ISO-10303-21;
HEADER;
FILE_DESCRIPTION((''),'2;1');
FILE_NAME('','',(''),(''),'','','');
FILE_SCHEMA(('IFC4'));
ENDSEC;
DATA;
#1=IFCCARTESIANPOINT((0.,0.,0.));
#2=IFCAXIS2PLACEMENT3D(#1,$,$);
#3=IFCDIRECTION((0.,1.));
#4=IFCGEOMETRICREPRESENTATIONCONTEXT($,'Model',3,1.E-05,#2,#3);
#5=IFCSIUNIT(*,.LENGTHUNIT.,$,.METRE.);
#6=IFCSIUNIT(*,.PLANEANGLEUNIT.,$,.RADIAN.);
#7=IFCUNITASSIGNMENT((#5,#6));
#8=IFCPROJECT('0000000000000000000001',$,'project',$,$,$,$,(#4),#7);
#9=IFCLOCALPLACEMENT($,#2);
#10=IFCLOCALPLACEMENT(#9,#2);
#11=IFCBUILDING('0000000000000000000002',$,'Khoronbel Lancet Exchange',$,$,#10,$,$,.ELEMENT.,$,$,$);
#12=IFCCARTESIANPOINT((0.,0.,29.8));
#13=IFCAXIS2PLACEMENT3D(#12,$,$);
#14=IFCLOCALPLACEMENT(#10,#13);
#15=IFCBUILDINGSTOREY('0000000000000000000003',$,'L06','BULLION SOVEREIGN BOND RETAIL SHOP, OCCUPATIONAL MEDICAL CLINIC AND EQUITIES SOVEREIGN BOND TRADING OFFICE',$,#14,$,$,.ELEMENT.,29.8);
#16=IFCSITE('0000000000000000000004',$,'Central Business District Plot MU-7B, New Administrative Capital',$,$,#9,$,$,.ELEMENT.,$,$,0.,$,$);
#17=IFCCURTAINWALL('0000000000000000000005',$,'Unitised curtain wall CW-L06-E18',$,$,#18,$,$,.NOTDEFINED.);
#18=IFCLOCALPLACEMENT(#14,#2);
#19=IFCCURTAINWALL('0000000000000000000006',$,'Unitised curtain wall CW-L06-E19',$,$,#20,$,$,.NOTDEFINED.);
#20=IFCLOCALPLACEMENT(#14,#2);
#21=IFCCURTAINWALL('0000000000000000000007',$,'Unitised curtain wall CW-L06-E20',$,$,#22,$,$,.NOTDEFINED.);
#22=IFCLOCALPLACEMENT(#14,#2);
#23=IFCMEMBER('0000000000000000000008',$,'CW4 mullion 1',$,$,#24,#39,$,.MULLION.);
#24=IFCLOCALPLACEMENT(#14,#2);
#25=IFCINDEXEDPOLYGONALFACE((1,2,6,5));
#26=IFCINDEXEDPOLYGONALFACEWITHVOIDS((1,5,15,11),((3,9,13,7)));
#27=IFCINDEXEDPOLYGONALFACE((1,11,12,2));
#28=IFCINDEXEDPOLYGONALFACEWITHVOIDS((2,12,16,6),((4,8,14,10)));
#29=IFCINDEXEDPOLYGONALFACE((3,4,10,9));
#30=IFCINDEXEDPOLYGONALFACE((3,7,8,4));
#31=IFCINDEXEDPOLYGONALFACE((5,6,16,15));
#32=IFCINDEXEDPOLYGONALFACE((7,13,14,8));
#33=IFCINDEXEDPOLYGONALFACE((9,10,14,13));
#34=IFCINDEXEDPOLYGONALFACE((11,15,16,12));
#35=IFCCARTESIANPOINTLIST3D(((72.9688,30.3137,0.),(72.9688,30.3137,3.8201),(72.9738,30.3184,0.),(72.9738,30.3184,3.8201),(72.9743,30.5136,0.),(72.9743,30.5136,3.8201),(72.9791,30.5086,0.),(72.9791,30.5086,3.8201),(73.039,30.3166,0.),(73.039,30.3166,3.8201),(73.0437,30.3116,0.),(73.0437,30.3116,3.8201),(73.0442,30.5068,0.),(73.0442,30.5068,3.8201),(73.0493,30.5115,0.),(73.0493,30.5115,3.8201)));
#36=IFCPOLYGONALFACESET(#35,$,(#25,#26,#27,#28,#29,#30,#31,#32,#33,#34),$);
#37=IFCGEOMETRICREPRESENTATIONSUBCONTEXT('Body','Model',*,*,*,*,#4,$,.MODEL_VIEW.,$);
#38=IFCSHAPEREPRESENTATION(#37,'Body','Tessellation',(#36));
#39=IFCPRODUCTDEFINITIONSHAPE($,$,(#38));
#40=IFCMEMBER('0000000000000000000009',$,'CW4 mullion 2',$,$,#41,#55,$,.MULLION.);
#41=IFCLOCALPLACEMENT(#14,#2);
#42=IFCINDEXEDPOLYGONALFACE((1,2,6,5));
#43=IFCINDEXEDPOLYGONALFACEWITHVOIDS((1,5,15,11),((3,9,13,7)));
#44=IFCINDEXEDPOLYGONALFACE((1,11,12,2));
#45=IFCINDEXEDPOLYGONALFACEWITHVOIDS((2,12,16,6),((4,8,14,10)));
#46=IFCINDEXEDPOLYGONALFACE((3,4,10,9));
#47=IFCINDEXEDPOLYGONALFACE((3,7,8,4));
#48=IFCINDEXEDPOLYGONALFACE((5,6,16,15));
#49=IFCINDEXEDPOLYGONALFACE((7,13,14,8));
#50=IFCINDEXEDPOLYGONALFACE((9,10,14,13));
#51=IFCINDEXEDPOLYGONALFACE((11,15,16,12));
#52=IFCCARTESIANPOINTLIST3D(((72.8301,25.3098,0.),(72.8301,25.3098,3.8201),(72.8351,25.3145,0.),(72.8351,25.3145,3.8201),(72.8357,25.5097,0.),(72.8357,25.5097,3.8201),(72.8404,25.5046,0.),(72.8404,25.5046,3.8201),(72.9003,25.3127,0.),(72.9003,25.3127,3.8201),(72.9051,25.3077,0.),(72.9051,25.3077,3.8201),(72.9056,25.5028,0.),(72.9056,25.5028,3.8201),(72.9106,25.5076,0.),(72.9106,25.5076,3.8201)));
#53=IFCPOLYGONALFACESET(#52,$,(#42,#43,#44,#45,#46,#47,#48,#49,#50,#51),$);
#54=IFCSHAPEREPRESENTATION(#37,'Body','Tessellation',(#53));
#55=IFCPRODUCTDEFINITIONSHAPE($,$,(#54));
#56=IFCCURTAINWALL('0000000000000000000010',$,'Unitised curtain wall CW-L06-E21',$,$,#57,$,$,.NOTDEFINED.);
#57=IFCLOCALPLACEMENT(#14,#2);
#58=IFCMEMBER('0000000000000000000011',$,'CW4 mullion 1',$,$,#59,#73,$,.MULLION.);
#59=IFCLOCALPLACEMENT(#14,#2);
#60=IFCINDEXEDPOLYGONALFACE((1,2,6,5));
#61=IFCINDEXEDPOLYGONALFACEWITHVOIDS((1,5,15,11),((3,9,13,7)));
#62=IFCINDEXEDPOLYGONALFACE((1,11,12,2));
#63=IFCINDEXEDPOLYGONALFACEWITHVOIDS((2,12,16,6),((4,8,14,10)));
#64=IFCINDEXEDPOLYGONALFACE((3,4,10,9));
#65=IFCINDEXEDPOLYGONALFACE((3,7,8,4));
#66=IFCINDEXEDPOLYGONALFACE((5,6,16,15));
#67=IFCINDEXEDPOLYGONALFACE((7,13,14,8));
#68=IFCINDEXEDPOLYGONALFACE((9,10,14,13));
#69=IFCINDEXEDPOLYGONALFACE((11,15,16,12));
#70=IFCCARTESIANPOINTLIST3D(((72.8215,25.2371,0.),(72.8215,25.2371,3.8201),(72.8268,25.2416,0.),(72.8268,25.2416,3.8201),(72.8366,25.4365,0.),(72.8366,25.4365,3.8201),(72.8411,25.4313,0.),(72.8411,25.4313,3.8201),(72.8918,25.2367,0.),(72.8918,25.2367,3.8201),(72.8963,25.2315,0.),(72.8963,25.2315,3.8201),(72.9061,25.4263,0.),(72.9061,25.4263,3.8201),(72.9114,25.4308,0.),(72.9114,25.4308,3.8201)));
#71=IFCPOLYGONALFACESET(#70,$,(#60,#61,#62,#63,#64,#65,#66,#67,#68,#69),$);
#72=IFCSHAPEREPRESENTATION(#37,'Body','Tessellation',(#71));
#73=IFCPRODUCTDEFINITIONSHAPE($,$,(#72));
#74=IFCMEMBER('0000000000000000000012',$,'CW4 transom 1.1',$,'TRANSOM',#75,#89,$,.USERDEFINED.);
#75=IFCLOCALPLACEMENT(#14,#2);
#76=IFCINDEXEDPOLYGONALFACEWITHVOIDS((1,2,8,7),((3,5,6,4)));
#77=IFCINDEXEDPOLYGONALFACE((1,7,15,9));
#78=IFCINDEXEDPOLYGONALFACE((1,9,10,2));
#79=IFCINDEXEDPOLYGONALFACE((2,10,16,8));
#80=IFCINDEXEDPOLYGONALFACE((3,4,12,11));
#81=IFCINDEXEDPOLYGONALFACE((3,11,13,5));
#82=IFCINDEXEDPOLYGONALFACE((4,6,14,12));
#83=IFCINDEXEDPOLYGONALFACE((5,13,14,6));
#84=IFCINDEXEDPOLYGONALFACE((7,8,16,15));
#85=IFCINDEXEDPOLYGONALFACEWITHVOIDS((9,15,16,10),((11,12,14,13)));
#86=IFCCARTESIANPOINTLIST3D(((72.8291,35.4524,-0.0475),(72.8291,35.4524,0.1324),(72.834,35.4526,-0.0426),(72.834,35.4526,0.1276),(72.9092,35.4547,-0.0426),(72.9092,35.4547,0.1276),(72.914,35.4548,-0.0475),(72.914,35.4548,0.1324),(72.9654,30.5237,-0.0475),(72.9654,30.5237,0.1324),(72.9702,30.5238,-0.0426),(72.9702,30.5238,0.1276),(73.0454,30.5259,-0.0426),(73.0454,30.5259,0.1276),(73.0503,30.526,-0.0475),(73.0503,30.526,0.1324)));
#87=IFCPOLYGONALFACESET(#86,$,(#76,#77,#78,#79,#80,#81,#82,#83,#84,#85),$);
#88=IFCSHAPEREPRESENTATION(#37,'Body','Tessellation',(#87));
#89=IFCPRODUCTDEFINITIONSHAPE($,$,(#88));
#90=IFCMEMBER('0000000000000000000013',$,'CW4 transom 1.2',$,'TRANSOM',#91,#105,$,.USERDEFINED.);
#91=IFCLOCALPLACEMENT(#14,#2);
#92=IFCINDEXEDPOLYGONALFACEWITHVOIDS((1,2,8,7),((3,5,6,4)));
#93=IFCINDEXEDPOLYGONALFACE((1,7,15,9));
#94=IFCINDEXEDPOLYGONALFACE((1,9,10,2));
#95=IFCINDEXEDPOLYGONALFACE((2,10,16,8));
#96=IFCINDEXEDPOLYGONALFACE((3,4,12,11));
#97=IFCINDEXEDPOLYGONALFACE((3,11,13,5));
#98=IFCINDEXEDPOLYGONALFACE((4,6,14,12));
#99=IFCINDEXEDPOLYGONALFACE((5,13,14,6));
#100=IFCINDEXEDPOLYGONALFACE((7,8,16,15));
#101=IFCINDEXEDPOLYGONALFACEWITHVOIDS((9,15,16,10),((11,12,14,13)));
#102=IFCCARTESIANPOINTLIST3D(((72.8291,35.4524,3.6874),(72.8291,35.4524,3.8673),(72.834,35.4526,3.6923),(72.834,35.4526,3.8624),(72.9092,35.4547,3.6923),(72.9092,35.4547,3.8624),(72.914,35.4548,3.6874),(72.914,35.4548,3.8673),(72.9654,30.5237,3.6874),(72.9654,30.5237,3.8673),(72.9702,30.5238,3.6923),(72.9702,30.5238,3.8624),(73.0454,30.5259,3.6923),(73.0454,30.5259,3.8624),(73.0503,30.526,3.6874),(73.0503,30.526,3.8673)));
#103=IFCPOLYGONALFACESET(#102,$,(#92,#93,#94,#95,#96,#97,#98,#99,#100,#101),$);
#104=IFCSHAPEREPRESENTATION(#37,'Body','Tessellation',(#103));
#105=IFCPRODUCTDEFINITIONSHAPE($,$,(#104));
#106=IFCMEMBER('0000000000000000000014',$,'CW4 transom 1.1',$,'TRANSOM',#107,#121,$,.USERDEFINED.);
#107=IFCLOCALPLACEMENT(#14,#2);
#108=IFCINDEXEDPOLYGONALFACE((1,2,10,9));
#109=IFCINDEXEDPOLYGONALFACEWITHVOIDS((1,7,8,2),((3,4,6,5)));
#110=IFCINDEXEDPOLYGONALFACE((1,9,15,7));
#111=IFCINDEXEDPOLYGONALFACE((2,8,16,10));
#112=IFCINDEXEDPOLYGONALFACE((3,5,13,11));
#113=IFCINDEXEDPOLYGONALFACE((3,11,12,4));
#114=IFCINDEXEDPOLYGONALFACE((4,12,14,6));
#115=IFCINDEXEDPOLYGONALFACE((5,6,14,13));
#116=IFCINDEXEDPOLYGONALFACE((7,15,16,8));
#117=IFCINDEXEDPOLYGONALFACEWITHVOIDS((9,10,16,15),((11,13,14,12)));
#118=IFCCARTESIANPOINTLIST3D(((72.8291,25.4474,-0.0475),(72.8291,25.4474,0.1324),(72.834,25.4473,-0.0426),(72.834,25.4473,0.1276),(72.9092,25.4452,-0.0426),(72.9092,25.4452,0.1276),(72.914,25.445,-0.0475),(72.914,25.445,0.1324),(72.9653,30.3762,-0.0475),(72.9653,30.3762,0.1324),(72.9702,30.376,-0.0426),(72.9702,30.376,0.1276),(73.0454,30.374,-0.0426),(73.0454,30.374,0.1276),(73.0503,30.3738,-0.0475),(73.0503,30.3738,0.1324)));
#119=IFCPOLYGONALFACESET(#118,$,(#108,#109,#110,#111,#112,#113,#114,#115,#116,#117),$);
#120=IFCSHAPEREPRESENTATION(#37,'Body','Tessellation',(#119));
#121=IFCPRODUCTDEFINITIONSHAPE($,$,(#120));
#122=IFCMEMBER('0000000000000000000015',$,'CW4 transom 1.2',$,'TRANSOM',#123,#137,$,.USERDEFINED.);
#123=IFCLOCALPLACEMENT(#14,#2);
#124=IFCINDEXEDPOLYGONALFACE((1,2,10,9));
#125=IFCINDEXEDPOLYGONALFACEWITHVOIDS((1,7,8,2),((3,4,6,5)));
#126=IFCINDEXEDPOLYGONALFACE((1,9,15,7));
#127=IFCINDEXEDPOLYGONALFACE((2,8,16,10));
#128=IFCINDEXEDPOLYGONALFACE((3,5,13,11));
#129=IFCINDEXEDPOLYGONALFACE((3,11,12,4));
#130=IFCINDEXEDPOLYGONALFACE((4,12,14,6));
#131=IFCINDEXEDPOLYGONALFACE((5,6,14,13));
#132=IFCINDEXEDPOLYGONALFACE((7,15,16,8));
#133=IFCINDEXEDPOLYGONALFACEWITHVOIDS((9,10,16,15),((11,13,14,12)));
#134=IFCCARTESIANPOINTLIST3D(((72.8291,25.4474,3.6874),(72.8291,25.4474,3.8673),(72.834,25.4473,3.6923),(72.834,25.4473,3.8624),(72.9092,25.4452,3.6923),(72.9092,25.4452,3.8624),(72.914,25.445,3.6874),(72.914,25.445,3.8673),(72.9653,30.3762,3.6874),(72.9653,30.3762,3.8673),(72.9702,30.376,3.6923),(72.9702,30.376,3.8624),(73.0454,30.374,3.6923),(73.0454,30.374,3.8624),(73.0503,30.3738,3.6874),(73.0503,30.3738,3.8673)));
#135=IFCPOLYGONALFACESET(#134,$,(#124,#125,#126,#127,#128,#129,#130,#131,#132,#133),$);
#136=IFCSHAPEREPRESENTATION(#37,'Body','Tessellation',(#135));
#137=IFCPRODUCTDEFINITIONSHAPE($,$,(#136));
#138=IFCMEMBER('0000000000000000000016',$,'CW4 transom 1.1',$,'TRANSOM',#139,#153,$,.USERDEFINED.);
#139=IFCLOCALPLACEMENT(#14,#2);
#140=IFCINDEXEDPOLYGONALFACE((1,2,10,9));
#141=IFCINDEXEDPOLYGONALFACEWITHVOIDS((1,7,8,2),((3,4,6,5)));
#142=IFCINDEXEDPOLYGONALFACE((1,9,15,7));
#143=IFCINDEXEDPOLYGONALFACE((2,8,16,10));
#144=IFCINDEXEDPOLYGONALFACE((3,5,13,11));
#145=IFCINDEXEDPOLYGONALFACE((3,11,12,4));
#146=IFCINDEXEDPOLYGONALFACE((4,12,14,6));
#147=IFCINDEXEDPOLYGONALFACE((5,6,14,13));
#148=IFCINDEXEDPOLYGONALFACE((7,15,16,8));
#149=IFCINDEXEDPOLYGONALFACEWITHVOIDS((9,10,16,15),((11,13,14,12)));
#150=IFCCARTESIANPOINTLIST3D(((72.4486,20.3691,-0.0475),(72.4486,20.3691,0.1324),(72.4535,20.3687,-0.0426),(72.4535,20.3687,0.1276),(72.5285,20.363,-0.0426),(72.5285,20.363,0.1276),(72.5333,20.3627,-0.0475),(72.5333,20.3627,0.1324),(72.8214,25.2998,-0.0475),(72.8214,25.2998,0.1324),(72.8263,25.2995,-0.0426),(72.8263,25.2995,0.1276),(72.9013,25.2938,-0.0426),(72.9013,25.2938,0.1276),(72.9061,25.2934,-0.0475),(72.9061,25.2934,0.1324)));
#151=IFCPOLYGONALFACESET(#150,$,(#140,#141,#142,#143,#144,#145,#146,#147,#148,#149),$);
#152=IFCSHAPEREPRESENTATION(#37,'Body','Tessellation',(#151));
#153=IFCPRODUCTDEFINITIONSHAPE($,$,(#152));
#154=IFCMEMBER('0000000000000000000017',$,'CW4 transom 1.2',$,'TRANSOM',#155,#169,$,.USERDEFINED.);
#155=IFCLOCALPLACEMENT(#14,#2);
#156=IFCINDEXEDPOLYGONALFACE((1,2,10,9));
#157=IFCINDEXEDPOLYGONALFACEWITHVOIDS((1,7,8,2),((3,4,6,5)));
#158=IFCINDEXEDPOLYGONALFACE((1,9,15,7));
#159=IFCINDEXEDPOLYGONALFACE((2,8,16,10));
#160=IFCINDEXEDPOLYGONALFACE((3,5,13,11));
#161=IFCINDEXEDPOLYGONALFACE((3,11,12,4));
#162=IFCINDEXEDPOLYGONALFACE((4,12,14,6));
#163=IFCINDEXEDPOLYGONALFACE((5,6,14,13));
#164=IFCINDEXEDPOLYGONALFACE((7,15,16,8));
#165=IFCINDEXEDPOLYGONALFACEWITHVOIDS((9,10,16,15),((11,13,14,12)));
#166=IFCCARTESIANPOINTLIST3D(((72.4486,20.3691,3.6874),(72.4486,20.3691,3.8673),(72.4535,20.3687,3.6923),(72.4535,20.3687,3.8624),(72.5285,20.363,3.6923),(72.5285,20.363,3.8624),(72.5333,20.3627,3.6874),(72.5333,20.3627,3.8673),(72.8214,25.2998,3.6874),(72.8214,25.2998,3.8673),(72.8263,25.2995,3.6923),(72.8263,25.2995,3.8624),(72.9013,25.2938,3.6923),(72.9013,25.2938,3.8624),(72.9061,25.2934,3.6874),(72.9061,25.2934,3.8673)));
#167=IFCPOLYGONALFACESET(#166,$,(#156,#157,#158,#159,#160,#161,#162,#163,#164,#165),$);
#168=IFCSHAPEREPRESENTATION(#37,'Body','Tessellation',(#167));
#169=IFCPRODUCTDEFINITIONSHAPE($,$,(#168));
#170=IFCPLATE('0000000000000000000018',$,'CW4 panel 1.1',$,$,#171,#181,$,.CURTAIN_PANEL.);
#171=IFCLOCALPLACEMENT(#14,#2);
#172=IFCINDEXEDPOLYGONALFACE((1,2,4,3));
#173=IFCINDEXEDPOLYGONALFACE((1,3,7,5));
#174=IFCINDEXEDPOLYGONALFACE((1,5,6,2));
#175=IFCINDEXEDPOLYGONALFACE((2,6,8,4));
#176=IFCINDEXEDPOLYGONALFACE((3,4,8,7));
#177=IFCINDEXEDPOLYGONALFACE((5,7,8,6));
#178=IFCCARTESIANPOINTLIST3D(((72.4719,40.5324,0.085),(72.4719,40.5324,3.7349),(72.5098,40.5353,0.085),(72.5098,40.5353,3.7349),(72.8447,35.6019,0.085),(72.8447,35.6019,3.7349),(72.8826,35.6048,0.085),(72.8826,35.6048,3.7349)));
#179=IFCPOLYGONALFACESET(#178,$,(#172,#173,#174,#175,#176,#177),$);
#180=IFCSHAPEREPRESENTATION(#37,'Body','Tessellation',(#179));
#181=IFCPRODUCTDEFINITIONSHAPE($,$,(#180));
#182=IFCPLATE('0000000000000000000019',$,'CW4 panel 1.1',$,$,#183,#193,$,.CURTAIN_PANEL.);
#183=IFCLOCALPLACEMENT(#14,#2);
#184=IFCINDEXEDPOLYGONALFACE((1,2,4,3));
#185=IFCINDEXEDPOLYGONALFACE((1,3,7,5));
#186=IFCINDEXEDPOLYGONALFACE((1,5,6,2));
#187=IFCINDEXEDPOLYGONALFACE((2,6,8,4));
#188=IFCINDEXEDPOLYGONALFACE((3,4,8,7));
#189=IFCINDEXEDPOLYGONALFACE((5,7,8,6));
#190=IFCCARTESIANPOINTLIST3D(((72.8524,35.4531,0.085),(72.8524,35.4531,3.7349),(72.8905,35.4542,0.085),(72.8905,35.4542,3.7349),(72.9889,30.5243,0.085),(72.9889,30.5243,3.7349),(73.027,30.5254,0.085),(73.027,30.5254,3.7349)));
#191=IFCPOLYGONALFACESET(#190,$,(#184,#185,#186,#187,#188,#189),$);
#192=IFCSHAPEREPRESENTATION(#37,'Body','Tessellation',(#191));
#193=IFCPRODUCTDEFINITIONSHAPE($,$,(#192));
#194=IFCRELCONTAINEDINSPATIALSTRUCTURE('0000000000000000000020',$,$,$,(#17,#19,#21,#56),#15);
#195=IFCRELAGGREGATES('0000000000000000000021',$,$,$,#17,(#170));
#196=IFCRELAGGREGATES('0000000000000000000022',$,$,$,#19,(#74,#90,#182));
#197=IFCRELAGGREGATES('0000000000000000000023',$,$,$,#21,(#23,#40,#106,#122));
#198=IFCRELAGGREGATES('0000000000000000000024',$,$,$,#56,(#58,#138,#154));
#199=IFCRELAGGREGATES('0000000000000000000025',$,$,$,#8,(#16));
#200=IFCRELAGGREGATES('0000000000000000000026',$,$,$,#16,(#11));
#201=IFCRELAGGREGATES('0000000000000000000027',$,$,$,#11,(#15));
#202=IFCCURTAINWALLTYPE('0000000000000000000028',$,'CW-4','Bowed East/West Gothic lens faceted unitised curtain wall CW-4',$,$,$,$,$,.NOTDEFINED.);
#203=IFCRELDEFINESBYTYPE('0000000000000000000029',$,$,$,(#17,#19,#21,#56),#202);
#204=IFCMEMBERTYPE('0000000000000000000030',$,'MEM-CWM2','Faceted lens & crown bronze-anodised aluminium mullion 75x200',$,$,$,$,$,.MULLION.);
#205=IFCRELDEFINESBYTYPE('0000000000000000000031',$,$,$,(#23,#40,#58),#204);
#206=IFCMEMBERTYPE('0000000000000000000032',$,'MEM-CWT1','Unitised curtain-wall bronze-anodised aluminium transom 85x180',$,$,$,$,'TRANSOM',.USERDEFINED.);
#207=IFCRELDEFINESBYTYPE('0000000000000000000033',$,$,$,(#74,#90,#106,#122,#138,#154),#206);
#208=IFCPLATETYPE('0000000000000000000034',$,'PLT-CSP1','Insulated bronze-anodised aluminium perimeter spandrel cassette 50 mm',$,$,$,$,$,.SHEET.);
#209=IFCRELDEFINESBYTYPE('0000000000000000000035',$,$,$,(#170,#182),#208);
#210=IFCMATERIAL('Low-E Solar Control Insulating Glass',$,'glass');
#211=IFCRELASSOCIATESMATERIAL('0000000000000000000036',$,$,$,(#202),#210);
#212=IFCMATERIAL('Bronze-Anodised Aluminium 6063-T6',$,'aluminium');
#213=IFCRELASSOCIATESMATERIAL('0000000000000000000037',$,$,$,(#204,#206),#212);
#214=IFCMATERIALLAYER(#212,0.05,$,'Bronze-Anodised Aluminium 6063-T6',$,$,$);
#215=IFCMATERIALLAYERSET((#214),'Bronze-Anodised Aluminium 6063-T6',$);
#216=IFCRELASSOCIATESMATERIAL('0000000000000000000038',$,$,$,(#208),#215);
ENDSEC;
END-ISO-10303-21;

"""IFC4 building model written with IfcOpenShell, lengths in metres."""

from ifc_helpers import new_model, si_unit, direction, frame, origin, origin_2d, place, context, subcontext, project, spatial, rectangle, hollow_rectangle, extrude, material, layer, layer_set, material_profile, profile_set, type_object, element, aggregate, save


model = new_model("IFC4")

# Units and contexts
model_context = context("Model", 3, precision=1e-05, world=origin(), true_north=direction((0.0, 1.0)))
body_context = subcontext(model_context, "Body", "Model", "MODEL_VIEW")
ifc_project = project(units=[si_unit("LENGTHUNIT", "METRE"), si_unit("PLANEANGLEUNIT", "RADIAN")], contexts=[model_context])

# Site, building, storey
site_placement = place(None, origin())
site = spatial("IfcSite", under=ifc_project, at=site_placement, Name="Central Business District Plot MU-7B, New Administrative Capital", CompositionType="ELEMENT", RefElevation=0.0)
building_placement = place(site_placement, origin())
building = spatial("IfcBuilding", under=site, at=building_placement, Name="Khoronbel Lancet Exchange", CompositionType="ELEMENT")
storey_placement = place(building_placement, frame((0.0, 0.0, 29.8)))
storey = spatial("IfcBuildingStorey", under=building, at=storey_placement, Name="L06", Description="BULLION SOVEREIGN BOND RETAIL SHOP, OCCUPATIONAL MEDICAL CLINIC AND EQUITIES SOVEREIGN BOND TRADING OFFICE", CompositionType="ELEMENT", Elevation=29.8)

# Curtain wall
ifc_material_1 = material(Name="Low-E Solar Control Insulating Glass", Category="glass")
curtain_wall_type = type_object("IfcCurtainWallType", Name="CW-4", Description="Bowed East/West Gothic lens faceted unitised curtain wall CW-4", PredefinedType="NOTDEFINED", material=ifc_material_1)
curtain_wall_1_placement = place(storey_placement, origin())
curtain_wall_1 = element("IfcCurtainWall", 1, at=curtain_wall_1_placement, inside=storey, type_object=curtain_wall_type, Name="Unitised curtain wall CW-L06-E18", PredefinedType="NOTDEFINED")
ifc_material_2 = material(Name="Bronze-Anodised Aluminium 6063-T6", Category="aluminium")
ifc_material_profile_1 = material_profile(ifc_material_2, hollow_rectangle(XDim=0.075, YDim=0.2, WallThickness=0.0049, at=origin_2d()), Name="ALU MULLION 75x200")
ifc_profile_set_1 = profile_set([ifc_material_profile_1], Name="Bronze-Anodised Aluminium 6063-T6")
member_type_1 = type_object("IfcMemberType", Name="MEM-CWM2", Description="Faceted lens & crown bronze-anodised aluminium mullion 75x200", PredefinedType="MULLION", material=ifc_profile_set_1)

# Curtain walls, members
curtain_wall_2_placement = place(storey_placement, origin())
curtain_wall_2 = element("IfcCurtainWall", 2, at=curtain_wall_2_placement, inside=storey, type_object=curtain_wall_type, Name="Unitised curtain wall CW-L06-E19", PredefinedType="NOTDEFINED")
curtain_wall_3_placement = place(storey_placement, origin())
curtain_wall_3 = element("IfcCurtainWall", 3, at=curtain_wall_3_placement, inside=storey, type_object=curtain_wall_type, Name="Unitised curtain wall CW-L06-E20", PredefinedType="NOTDEFINED")
member_1_placement = place(storey_placement, frame((73.009, 30.4126, 0.0), z_axis=(0.0, 0.0, 1.0), x_axis=(0.999617, -0.027674, 0.0)))
member_1 = element("IfcMember", 4, at=member_1_placement, type_object=member_type_1, Name="CW4 mullion 1", PredefinedType="MULLION", context=body_context, shape_type="SweptSolid", body=[
    extrude(hollow_rectangle(XDim=0.075, YDim=0.2, WallThickness=0.0049, at=origin_2d()), origin(), (0.0, 0.0, 1.0), 3.8201),
])
member_2_placement = place(storey_placement, frame((72.8704, 25.4087, 0.0), z_axis=(0.0, 0.0, 1.0), x_axis=(0.999617, -0.027674, 0.0)))
member_2 = element("IfcMember", 5, at=member_2_placement, type_object=member_type_1, Name="CW4 mullion 2", PredefinedType="MULLION", context=body_context, shape_type="SweptSolid", body=[
    extrude(hollow_rectangle(XDim=0.075, YDim=0.2, WallThickness=0.0049, at=origin_2d()), origin(), (0.0, 0.0, 1.0), 3.8201),
])

# Curtain wall, member
curtain_wall_4_placement = place(storey_placement, origin())
curtain_wall_4 = element("IfcCurtainWall", 6, at=curtain_wall_4_placement, inside=storey, type_object=curtain_wall_type, Name="Unitised curtain wall CW-L06-E21", PredefinedType="NOTDEFINED")
member_3_placement = place(storey_placement, frame((72.8665, 25.334, 0.0), z_axis=(0.0, 0.0, 1.0), x_axis=(0.997154, -0.075395, 0.0)))
member_3 = element("IfcMember", 7, at=member_3_placement, type_object=member_type_1, Name="CW4 mullion 1", PredefinedType="MULLION", context=body_context, shape_type="SweptSolid", body=[
    extrude(hollow_rectangle(XDim=0.075, YDim=0.2, WallThickness=0.0049, at=origin_2d()), origin(), (0.0, 0.0, 1.0), 3.8201),
])

# Members
ifc_material_profile_2 = material_profile(ifc_material_2, hollow_rectangle(XDim=0.085, YDim=0.1799, WallThickness=0.0049, at=origin_2d()), Name="ALU TRANSOM 85x180")
ifc_profile_set_2 = profile_set([ifc_material_profile_2], Name="Bronze-Anodised Aluminium 6063-T6")
member_type_2 = type_object("IfcMemberType", Name="MEM-CWT1", Description="Unitised curtain-wall bronze-anodised aluminium transom 85x180", ElementType="TRANSOM", PredefinedType="USERDEFINED", material=ifc_profile_set_2)
member_4_placement = place(storey_placement, frame((72.8716, 35.4536, 0.0425), z_axis=(0.02763, -0.999618, 0.0), x_axis=(0.999618, 0.02763, 0.0)))
member_4 = element("IfcMember", 8, at=member_4_placement, type_object=member_type_2, Name="CW4 transom 1.1", ObjectType="TRANSOM", PredefinedType="USERDEFINED", context=body_context, shape_type="SweptSolid", body=[
    extrude(hollow_rectangle(XDim=0.085, YDim=0.1799, WallThickness=0.0049, at=origin_2d()), origin(), (0.0, 0.0, 1.0), 4.9307),
])
member_5_placement = place(storey_placement, frame((72.8716, 35.4536, 3.7773), z_axis=(0.02763, -0.999618, 0.0), x_axis=(0.999618, 0.02763, 0.0)))
member_5 = element("IfcMember", 9, at=member_5_placement, type_object=member_type_2, Name="CW4 transom 1.2", ObjectType="TRANSOM", PredefinedType="USERDEFINED", context=body_context, shape_type="SweptSolid", body=[
    extrude(hollow_rectangle(XDim=0.085, YDim=0.1799, WallThickness=0.0049, at=origin_2d()), origin(), (0.0, 0.0, 1.0), 4.9307),
])
member_6_placement = place(storey_placement, frame((73.0078, 30.375, 0.0425), z_axis=(-0.02763, -0.999618, 0.0), x_axis=(0.999618, -0.02763, 0.0)))
member_6 = element("IfcMember", 10, at=member_6_placement, type_object=member_type_2, Name="CW4 transom 1.1", ObjectType="TRANSOM", PredefinedType="USERDEFINED", context=body_context, shape_type="SweptSolid", body=[
    extrude(hollow_rectangle(XDim=0.085, YDim=0.1799, WallThickness=0.0049, at=origin_2d()), origin(), (0.0, 0.0, 1.0), 4.9307),
])
member_7_placement = place(storey_placement, frame((73.0078, 30.375, 3.7773), z_axis=(-0.02763, -0.999618, 0.0), x_axis=(0.999618, -0.02763, 0.0)))
member_7 = element("IfcMember", 11, at=member_7_placement, type_object=member_type_2, Name="CW4 transom 1.2", ObjectType="TRANSOM", PredefinedType="USERDEFINED", context=body_context, shape_type="SweptSolid", body=[
    extrude(hollow_rectangle(XDim=0.085, YDim=0.1799, WallThickness=0.0049, at=origin_2d()), origin(), (0.0, 0.0, 1.0), 4.9307),
])
member_8_placement = place(storey_placement, frame((72.8638, 25.2966, 0.0425), z_axis=(-0.075394, -0.997154, 0.0), x_axis=(0.997154, -0.075394, 0.0)))
member_8 = element("IfcMember", 12, at=member_8_placement, type_object=member_type_2, Name="CW4 transom 1.1", ObjectType="TRANSOM", PredefinedType="USERDEFINED", context=body_context, shape_type="SweptSolid", body=[
    extrude(hollow_rectangle(XDim=0.085, YDim=0.1799, WallThickness=0.0049, at=origin_2d()), origin(), (0.0, 0.0, 1.0), 4.9448),
])
member_9_placement = place(storey_placement, frame((72.8638, 25.2966, 3.7773), z_axis=(-0.075394, -0.997154, 0.0), x_axis=(0.997154, -0.075394, 0.0)))
member_9 = element("IfcMember", 13, at=member_9_placement, type_object=member_type_2, Name="CW4 transom 1.2", ObjectType="TRANSOM", PredefinedType="USERDEFINED", context=body_context, shape_type="SweptSolid", body=[
    extrude(hollow_rectangle(XDim=0.085, YDim=0.1799, WallThickness=0.0049, at=origin_2d()), origin(), (0.0, 0.0, 1.0), 4.9448),
])

# Plates
ifc_layer_1 = layer(ifc_material_2, 0.05, Name="Bronze-Anodised Aluminium 6063-T6")
ifc_layer_set_1 = layer_set([ifc_layer_1], Name="Bronze-Anodised Aluminium 6063-T6")
plate_type = type_object("IfcPlateType", Name="PLT-CSP1", Description="Insulated bronze-anodised aluminium perimeter spandrel cassette 50 mm", PredefinedType="SHEET", material=ifc_layer_set_1)
plate_1_placement = place(storey_placement, frame((72.6772, 38.0686, 0.085), z_axis=(0.0, 0.0, 1.0), x_axis=(0.075395, -0.997154, 0.0)))
plate_1 = element("IfcPlate", 14, at=plate_1_placement, type_object=plate_type, Name="CW4 panel 1.1", PredefinedType="CURTAIN_PANEL", context=body_context, shape_type="SweptSolid", body=[
    extrude(rectangle(XDim=4.9446, YDim=0.0381, at=origin_2d()), origin(), (0.0, 0.0, 1.0), 3.6499),
])
aggregate(curtain_wall_1, [plate_1])
plate_2_placement = place(storey_placement, frame((72.9397, 32.9893, 0.085), z_axis=(0.0, 0.0, 1.0), x_axis=(0.027674, -0.999617, 0.0)))
plate_2 = element("IfcPlate", 15, at=plate_2_placement, type_object=plate_type, Name="CW4 panel 1.1", PredefinedType="CURTAIN_PANEL", context=body_context, shape_type="SweptSolid", body=[
    extrude(rectangle(XDim=4.9307, YDim=0.0381, at=origin_2d()), origin(), (0.0, 0.0, 1.0), 3.6499),
])
aggregate(curtain_wall_2, [member_4, member_5, plate_2])
aggregate(curtain_wall_3, [member_1, member_2, member_6, member_7])
aggregate(curtain_wall_4, [member_3, member_8, member_9])

save(model, "model.ifc")
